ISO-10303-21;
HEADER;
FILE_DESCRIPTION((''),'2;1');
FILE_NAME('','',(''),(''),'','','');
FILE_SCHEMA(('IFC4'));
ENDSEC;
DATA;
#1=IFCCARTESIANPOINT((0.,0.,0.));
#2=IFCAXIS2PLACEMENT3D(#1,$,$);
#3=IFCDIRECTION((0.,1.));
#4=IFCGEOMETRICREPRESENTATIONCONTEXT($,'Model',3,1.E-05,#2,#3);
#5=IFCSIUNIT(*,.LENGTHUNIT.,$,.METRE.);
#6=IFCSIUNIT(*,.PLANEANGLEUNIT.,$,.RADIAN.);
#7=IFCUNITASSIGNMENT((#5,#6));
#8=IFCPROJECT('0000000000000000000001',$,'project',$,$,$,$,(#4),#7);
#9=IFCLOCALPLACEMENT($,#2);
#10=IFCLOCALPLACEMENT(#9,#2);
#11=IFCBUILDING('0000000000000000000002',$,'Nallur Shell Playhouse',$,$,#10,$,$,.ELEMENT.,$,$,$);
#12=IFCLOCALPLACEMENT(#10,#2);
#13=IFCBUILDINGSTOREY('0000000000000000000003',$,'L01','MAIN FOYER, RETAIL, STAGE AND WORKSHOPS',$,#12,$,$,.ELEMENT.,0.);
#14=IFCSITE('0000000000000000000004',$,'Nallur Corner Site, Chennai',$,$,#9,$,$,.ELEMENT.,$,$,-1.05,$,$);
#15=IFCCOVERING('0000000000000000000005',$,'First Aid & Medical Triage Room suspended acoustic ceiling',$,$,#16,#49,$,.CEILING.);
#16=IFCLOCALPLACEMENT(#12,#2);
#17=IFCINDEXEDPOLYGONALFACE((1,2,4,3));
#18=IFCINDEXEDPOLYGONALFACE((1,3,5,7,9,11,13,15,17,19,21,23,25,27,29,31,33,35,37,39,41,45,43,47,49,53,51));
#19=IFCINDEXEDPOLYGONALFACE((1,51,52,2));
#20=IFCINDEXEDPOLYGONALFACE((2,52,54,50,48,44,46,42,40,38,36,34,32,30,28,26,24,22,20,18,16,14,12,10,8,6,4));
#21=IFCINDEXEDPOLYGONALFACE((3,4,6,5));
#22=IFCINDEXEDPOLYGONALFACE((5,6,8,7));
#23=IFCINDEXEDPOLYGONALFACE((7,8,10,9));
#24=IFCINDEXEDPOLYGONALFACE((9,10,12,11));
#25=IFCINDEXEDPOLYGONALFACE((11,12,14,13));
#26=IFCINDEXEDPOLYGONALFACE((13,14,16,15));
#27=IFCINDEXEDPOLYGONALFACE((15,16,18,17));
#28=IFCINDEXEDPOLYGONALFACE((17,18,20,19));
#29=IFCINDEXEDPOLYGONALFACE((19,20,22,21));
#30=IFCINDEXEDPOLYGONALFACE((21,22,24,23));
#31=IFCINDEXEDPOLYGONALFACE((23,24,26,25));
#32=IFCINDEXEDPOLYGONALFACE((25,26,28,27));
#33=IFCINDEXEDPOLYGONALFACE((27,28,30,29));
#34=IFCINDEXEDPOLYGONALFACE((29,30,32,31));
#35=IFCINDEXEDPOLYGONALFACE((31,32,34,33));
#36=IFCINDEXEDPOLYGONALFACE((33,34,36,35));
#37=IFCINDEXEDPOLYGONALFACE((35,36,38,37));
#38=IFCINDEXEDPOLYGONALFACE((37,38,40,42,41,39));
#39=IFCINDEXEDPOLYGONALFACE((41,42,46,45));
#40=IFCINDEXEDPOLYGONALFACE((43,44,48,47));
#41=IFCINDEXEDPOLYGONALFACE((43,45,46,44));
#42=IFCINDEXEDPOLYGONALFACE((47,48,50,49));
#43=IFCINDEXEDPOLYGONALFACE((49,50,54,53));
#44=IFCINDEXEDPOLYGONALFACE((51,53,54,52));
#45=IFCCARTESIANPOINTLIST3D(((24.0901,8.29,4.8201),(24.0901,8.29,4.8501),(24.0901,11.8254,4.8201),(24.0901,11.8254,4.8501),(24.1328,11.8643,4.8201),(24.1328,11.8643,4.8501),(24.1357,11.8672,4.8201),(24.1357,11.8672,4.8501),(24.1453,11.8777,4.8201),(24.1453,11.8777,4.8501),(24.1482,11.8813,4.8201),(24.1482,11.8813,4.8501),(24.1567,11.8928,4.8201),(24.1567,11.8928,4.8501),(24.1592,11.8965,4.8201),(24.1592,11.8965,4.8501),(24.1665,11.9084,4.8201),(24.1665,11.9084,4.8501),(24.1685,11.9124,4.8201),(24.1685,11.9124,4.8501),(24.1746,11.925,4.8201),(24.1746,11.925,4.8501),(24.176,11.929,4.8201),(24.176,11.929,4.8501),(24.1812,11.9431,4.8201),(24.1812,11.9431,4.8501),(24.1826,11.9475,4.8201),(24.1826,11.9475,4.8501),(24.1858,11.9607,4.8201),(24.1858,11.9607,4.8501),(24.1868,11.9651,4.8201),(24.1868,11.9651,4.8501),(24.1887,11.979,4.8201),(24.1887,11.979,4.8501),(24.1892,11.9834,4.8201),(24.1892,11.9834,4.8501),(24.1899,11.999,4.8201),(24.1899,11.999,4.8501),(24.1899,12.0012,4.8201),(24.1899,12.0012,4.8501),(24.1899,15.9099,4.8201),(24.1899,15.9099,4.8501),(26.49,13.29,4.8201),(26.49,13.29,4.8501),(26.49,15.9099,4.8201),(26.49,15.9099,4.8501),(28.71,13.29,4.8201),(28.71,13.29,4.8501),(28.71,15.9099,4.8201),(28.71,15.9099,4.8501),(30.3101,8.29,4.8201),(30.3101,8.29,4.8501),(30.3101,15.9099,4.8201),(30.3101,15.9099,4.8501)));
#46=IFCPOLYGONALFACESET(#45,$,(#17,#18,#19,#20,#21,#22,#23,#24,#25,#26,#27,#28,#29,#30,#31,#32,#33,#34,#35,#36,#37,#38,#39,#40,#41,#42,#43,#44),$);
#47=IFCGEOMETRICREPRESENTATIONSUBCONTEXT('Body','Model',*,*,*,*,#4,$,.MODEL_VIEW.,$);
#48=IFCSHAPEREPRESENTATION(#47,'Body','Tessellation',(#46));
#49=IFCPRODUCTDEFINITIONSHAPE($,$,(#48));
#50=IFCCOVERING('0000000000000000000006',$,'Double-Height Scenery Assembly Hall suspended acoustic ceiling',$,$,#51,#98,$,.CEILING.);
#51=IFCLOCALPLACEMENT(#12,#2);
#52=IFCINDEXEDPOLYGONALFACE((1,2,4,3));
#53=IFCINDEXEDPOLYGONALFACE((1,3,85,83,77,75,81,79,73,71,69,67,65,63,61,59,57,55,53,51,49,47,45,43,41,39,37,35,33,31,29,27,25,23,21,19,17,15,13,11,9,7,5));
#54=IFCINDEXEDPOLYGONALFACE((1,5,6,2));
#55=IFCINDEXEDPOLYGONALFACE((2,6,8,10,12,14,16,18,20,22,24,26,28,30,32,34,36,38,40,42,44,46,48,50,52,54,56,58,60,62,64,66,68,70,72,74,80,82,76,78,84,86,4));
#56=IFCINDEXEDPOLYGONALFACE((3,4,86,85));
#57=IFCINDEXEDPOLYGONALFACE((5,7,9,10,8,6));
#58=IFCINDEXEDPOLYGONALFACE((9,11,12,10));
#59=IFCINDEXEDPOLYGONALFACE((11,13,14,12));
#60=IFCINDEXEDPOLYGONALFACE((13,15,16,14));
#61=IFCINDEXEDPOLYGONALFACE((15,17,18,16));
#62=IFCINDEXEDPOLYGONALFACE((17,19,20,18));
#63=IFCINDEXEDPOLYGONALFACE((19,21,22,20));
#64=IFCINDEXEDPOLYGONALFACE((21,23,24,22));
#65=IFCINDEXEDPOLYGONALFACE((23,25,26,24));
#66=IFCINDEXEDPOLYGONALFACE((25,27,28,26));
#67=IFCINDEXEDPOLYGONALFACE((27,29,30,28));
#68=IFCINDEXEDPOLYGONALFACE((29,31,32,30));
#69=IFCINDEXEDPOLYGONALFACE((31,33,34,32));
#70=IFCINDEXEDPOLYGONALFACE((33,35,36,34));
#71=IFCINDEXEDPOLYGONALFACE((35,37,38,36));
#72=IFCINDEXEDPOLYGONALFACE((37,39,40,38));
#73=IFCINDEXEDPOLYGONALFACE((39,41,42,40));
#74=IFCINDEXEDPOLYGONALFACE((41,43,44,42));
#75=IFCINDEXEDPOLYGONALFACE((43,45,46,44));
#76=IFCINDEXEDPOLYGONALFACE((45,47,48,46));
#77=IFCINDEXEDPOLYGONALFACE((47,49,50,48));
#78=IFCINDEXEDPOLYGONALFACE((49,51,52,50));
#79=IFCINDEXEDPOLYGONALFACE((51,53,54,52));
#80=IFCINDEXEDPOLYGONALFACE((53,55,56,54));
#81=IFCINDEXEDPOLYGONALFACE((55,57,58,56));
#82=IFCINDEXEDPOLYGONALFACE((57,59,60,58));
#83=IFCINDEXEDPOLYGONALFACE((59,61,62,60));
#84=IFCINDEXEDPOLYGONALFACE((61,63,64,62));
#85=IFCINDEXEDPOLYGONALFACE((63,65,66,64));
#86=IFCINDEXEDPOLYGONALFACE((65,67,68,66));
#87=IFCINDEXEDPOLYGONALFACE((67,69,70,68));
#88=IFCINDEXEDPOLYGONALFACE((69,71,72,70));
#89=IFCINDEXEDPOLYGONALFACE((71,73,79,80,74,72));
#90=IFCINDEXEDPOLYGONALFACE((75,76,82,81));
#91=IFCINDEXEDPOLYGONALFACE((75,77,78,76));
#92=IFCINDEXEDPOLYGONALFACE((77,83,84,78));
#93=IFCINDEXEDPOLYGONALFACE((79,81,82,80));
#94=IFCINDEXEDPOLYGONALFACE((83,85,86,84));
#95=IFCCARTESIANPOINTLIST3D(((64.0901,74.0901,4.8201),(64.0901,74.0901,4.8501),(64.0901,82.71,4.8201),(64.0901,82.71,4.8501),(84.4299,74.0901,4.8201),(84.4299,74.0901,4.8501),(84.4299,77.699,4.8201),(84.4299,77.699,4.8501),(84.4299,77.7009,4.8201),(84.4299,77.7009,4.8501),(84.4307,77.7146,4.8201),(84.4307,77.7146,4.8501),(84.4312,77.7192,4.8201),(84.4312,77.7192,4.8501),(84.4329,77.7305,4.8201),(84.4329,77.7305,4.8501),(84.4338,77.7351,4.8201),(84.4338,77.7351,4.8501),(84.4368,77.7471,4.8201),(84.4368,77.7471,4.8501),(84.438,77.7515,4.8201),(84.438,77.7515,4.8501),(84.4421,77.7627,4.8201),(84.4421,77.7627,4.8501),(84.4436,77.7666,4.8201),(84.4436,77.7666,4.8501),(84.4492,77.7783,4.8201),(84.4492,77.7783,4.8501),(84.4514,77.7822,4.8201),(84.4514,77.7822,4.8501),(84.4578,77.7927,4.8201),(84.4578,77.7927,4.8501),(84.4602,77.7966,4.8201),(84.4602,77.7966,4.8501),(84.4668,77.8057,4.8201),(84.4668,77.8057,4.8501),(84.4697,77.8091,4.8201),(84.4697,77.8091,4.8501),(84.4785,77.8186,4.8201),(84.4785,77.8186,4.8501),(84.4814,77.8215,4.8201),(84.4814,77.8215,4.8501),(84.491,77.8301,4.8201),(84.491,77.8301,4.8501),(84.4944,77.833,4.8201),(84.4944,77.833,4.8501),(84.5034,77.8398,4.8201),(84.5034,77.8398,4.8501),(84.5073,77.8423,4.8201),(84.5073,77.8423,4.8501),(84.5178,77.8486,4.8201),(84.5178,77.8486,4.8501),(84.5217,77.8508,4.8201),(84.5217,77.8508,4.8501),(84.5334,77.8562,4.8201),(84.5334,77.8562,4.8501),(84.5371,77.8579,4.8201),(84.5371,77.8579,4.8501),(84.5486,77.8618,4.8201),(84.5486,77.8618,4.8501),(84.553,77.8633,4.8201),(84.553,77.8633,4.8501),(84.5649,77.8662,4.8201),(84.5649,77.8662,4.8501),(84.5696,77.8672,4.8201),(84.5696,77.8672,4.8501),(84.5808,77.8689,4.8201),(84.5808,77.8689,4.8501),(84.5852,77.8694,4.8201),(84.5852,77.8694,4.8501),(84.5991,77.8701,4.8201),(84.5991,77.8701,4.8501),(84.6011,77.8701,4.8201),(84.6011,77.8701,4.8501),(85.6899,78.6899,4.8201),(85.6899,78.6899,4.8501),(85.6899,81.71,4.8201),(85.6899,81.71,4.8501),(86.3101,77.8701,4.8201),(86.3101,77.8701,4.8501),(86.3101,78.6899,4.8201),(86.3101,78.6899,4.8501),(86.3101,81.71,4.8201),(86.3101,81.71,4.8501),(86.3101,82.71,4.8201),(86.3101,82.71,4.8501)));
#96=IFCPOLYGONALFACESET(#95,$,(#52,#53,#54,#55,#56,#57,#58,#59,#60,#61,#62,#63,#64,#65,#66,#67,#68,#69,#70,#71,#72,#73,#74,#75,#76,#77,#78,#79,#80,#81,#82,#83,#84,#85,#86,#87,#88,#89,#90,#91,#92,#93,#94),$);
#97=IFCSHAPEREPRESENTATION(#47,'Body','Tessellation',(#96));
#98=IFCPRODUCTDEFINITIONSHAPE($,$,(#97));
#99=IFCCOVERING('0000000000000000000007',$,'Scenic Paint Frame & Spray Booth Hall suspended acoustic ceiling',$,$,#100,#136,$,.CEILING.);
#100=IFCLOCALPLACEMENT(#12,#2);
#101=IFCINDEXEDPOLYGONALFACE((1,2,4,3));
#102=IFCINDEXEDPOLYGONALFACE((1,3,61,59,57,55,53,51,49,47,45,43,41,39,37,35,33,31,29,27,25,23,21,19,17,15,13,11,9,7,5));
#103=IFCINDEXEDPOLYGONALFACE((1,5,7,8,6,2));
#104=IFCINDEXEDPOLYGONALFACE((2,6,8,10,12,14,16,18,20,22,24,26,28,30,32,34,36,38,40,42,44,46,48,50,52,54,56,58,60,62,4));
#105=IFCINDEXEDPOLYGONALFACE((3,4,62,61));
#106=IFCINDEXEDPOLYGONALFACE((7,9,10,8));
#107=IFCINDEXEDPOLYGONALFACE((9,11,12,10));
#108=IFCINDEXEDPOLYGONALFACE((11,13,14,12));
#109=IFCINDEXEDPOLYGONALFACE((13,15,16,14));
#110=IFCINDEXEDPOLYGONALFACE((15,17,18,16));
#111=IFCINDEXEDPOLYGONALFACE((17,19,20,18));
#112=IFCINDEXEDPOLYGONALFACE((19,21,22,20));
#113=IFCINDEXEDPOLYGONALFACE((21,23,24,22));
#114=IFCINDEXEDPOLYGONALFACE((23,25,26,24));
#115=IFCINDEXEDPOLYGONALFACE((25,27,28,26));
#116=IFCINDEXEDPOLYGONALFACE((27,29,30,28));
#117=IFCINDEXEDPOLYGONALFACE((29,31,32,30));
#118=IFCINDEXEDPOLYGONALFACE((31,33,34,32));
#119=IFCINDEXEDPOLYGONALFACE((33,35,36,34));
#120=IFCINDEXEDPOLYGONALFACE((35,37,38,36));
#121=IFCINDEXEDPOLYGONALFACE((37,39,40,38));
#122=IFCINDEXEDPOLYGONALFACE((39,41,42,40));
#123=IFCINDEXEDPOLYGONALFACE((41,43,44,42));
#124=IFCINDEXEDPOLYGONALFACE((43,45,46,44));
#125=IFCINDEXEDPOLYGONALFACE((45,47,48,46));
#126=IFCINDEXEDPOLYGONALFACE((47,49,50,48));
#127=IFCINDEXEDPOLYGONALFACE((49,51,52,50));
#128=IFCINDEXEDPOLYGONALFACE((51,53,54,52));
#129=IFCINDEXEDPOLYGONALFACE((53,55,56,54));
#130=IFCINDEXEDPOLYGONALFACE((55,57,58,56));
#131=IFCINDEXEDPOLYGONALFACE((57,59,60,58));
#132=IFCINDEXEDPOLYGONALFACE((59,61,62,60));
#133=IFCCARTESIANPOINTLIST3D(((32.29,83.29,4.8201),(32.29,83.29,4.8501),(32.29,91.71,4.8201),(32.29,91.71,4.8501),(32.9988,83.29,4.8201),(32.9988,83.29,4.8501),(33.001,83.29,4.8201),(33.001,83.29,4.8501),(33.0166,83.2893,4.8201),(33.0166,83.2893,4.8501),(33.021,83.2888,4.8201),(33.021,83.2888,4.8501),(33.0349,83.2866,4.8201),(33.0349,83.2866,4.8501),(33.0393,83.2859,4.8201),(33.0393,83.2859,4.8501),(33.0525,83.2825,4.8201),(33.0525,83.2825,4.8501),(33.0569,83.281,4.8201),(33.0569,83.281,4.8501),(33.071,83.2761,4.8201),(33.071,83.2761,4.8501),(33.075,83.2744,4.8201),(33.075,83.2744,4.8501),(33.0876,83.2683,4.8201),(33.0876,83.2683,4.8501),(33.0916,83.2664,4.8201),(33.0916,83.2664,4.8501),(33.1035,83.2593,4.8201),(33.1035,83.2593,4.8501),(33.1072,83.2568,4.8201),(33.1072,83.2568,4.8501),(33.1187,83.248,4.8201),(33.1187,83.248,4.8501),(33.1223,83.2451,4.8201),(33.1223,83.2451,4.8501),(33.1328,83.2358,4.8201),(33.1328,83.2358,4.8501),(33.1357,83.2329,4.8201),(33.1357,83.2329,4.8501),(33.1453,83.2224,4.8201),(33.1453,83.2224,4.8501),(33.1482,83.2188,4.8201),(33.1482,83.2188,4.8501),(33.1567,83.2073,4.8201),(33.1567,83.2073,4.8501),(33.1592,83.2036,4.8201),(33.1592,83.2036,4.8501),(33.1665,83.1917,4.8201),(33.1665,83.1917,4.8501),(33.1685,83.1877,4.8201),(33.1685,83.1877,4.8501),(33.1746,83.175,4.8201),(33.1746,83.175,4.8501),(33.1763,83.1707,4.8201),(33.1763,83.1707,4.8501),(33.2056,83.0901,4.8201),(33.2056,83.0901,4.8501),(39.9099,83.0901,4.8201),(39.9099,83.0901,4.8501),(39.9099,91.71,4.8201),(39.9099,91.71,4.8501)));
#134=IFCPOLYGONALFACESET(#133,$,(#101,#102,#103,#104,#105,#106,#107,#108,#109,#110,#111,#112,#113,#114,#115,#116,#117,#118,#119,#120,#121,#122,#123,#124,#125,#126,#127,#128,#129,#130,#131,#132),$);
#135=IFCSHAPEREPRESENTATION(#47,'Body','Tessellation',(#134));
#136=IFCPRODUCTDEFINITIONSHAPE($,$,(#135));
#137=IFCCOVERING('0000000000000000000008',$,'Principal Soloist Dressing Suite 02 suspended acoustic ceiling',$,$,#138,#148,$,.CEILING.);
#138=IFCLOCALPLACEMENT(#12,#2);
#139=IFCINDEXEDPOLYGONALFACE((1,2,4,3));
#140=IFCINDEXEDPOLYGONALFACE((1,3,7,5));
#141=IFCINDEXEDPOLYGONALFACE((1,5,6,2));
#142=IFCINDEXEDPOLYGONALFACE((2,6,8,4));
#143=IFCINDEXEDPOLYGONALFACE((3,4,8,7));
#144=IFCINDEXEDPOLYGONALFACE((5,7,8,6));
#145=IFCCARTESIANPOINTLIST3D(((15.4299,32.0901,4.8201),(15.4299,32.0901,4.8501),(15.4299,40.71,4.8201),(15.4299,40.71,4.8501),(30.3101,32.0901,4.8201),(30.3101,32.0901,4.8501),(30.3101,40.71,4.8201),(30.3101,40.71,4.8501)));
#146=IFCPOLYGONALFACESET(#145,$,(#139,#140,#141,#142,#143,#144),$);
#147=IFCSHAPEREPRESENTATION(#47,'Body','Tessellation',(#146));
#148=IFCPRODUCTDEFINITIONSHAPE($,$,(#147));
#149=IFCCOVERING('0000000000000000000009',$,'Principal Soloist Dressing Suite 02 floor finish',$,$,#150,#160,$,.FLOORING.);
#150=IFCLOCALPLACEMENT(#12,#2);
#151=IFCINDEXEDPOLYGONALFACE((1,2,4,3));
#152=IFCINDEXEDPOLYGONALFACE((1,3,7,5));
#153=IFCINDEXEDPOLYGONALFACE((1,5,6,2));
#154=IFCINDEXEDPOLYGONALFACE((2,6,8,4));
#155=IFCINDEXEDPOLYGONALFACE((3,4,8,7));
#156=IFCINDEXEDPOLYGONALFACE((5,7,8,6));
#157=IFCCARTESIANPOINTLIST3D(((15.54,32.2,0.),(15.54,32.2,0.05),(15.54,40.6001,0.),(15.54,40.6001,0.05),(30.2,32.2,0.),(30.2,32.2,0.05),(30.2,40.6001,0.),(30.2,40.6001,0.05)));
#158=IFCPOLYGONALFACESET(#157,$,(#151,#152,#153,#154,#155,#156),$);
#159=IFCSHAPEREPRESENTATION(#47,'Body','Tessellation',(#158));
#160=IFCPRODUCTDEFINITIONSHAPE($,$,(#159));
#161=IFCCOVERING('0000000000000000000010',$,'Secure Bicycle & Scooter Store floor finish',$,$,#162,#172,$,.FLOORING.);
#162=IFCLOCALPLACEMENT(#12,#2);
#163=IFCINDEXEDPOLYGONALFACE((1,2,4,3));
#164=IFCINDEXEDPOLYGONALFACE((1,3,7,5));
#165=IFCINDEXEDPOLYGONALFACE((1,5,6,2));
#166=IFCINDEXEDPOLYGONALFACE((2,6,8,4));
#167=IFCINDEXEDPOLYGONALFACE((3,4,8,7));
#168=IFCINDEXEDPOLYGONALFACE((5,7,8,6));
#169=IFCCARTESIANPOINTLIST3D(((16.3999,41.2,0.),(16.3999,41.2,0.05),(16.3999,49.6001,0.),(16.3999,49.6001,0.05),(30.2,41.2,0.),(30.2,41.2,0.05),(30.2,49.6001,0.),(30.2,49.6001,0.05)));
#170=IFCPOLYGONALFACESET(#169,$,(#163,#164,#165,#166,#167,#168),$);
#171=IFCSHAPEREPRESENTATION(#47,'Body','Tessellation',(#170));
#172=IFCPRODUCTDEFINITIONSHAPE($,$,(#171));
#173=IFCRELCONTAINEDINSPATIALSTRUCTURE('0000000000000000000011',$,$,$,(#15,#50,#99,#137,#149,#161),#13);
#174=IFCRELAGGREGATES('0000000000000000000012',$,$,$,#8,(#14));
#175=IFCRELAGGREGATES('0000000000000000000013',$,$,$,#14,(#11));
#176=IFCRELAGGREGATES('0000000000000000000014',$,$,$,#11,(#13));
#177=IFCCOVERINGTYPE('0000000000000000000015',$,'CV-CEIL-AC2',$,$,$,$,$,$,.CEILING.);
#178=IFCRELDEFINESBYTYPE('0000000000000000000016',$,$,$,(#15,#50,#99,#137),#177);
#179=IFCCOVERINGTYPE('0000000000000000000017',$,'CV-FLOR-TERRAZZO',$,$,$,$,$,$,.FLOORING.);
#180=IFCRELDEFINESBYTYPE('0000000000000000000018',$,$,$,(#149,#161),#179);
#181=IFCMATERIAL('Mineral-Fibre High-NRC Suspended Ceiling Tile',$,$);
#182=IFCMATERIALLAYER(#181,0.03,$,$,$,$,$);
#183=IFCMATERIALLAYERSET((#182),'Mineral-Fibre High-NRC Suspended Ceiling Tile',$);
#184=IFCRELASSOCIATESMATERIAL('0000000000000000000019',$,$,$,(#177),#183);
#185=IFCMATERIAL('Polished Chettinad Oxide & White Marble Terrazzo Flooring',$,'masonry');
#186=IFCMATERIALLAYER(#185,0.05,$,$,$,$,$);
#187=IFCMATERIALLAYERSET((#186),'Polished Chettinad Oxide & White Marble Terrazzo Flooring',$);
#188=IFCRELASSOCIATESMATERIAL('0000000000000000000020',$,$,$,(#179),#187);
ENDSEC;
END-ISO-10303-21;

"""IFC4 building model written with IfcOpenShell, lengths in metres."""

from ifc_helpers import new_model, si_unit, direction, frame, origin, place, context, subcontext, project, spatial, polyline, outline, extrude, material, layer, layer_set, type_object, element, save


model = new_model("IFC4")

# Units and contexts
model_context = context("Model", 3, precision=1e-05, world=origin(), true_north=direction((0.0, 1.0)))
body_context = subcontext(model_context, "Body", "Model", "MODEL_VIEW")
ifc_project = project(units=[si_unit("LENGTHUNIT", "METRE"), si_unit("PLANEANGLEUNIT", "RADIAN")], contexts=[model_context])

# Site, building, storey
site_placement = place(None, origin())
site = spatial("IfcSite", under=ifc_project, at=site_placement, Name="Nallur Corner Site, Chennai", CompositionType="ELEMENT", RefElevation=-1.05)
building_placement = place(site_placement, origin())
building = spatial("IfcBuilding", under=site, at=building_placement, Name="Nallur Shell Playhouse", CompositionType="ELEMENT")
storey_placement = place(building_placement, origin())
storey = spatial("IfcBuildingStorey", under=building, at=storey_placement, Name="L01", Description="MAIN FOYER, RETAIL, STAGE AND WORKSHOPS", CompositionType="ELEMENT", Elevation=0.0)

# Coverings
ifc_material_1 = material(Name="Mineral-Fibre High-NRC Suspended Ceiling Tile")
ifc_layer_1 = layer(ifc_material_1, 0.03)
ifc_layer_set_1 = layer_set([ifc_layer_1], Name="Mineral-Fibre High-NRC Suspended Ceiling Tile")
covering_type_1 = type_object("IfcCoveringType", Name="CV-CEIL-AC2", PredefinedType="CEILING", material=ifc_layer_set_1)
covering_1_placement = place(storey_placement, frame((0.0, 0.0, 4.8201)))
element("IfcCovering", 1, at=covering_1_placement, inside=storey, type_object=covering_type_1, Name="First Aid & Medical Triage Room suspended acoustic ceiling", PredefinedType="CEILING", context=body_context, shape_type="SweptSolid", body=[
    extrude(outline(polyline([(24.1453, 11.8777), (24.1482, 11.8813), (24.1567, 11.8928), (24.1592, 11.8965), (24.1665, 11.9084), (24.1685, 11.9124), (24.1746, 11.925), (24.176, 11.929), (24.1812, 11.9431), (24.1826, 11.9475), (24.1858, 11.9607), (24.1868, 11.9651), (24.1887, 11.979), (24.1892, 11.9834), (24.1899, 11.999), (24.1899, 12.0012), (24.1899, 15.9099), (26.49, 15.9099), (26.49, 13.29), (28.71, 13.29), (28.71, 15.9099), (30.3101, 15.9099), (30.3101, 8.29), (24.0901, 8.29), (24.0901, 11.8254), (24.1328, 11.8643), (24.1357, 11.8672), (24.1453, 11.8777)])), origin(), (0.0, 0.0, 1.0), 0.03),
])
covering_2_placement = place(storey_placement, frame((0.0, 0.0, 4.8201)))
element("IfcCovering", 2, at=covering_2_placement, inside=storey, type_object=covering_type_1, Name="Double-Height Scenery Assembly Hall suspended acoustic ceiling", PredefinedType="CEILING", context=body_context, shape_type="SweptSolid", body=[
    extrude(outline(polyline([(84.5991, 77.8701), (84.5852, 77.8694), (84.5808, 77.8689), (84.5696, 77.8672), (84.5649, 77.8662), (84.553, 77.8633), (84.5486, 77.8618), (84.5371, 77.8579), (84.5334, 77.8562), (84.5217, 77.8508), (84.5178, 77.8486), (84.5073, 77.8423), (84.5034, 77.8398), (84.4944, 77.833), (84.491, 77.8301), (84.4814, 77.8215), (84.4785, 77.8186), (84.4697, 77.8091), (84.4668, 77.8057), (84.4602, 77.7966), (84.4578, 77.7927), (84.4514, 77.7822), (84.4492, 77.7783), (84.4436, 77.7666), (84.4421, 77.7627), (84.438, 77.7515), (84.4368, 77.7471), (84.4338, 77.7351), (84.4329, 77.7305), (84.4312, 77.7192), (84.4307, 77.7146), (84.4299, 77.7009), (84.4299, 77.699), (84.4299, 74.0901), (64.0901, 74.0901), (64.0901, 82.71), (86.3101, 82.71), (86.3101, 81.71), (85.6899, 81.71), (85.6899, 78.6899), (86.3101, 78.6899), (86.3101, 77.8701), (84.6011, 77.8701), (84.5991, 77.8701)])), origin(), (0.0, 0.0, 1.0), 0.03),
])
covering_3_placement = place(storey_placement, frame((0.0, 0.0, 4.8201)))
element("IfcCovering", 3, at=covering_3_placement, inside=storey, type_object=covering_type_1, Name="Scenic Paint Frame & Spray Booth Hall suspended acoustic ceiling", PredefinedType="CEILING", context=body_context, shape_type="SweptSolid", body=[
    extrude(outline(polyline([(33.1567, 83.2073), (33.1482, 83.2188), (33.1453, 83.2224), (33.1357, 83.2329), (33.1328, 83.2358), (33.1223, 83.2451), (33.1187, 83.248), (33.1072, 83.2568), (33.1035, 83.2593), (33.0916, 83.2664), (33.0876, 83.2683), (33.075, 83.2744), (33.071, 83.2761), (33.0569, 83.281), (33.0525, 83.2825), (33.0393, 83.2859), (33.0349, 83.2866), (33.021, 83.2888), (33.0166, 83.2893), (33.001, 83.29), (32.9988, 83.29), (32.29, 83.29), (32.29, 91.71), (39.9099, 91.71), (39.9099, 83.0901), (33.2056, 83.0901), (33.1763, 83.1707), (33.1746, 83.175), (33.1685, 83.1877), (33.1665, 83.1917), (33.1592, 83.2036), (33.1567, 83.2073)])), origin(), (0.0, 0.0, 1.0), 0.03),
])
covering_4_placement = place(storey_placement, frame((0.0, 0.0, 4.8201)))
element("IfcCovering", 4, at=covering_4_placement, inside=storey, type_object=covering_type_1, Name="Principal Soloist Dressing Suite 02 suspended acoustic ceiling", PredefinedType="CEILING", context=body_context, shape_type="SweptSolid", body=[
    extrude(outline(polyline([(15.4299, 32.0901), (15.4299, 40.71), (30.3101, 40.71), (30.3101, 32.0901), (15.4299, 32.0901)])), origin(), (0.0, 0.0, 1.0), 0.03),
])
ifc_material_2 = material(Name="Polished Chettinad Oxide & White Marble Terrazzo Flooring", Category="masonry")
ifc_layer_2 = layer(ifc_material_2, 0.05)
ifc_layer_set_2 = layer_set([ifc_layer_2], Name="Polished Chettinad Oxide & White Marble Terrazzo Flooring")
covering_type_2 = type_object("IfcCoveringType", Name="CV-FLOR-TERRAZZO", PredefinedType="FLOORING", material=ifc_layer_set_2)
covering_5_placement = place(storey_placement, origin())
element("IfcCovering", 5, at=covering_5_placement, inside=storey, type_object=covering_type_2, Name="Principal Soloist Dressing Suite 02 floor finish", PredefinedType="FLOORING", context=body_context, shape_type="SweptSolid", body=[
    extrude(outline(polyline([(15.54, 32.2), (15.54, 40.6001), (30.2, 40.6001), (30.2, 32.2), (15.54, 32.2)])), origin(), (0.0, 0.0, 1.0), 0.05),
])
covering_6_placement = place(storey_placement, origin())
element("IfcCovering", 6, at=covering_6_placement, inside=storey, type_object=covering_type_2, Name="Secure Bicycle & Scooter Store floor finish", PredefinedType="FLOORING", context=body_context, shape_type="SweptSolid", body=[
    extrude(outline(polyline([(30.2, 49.6001), (30.2, 41.2), (16.3999, 41.2), (16.3999, 49.6001), (30.2, 49.6001)])), origin(), (0.0, 0.0, 1.0), 0.05),
])

save(model, "model.ifc")
